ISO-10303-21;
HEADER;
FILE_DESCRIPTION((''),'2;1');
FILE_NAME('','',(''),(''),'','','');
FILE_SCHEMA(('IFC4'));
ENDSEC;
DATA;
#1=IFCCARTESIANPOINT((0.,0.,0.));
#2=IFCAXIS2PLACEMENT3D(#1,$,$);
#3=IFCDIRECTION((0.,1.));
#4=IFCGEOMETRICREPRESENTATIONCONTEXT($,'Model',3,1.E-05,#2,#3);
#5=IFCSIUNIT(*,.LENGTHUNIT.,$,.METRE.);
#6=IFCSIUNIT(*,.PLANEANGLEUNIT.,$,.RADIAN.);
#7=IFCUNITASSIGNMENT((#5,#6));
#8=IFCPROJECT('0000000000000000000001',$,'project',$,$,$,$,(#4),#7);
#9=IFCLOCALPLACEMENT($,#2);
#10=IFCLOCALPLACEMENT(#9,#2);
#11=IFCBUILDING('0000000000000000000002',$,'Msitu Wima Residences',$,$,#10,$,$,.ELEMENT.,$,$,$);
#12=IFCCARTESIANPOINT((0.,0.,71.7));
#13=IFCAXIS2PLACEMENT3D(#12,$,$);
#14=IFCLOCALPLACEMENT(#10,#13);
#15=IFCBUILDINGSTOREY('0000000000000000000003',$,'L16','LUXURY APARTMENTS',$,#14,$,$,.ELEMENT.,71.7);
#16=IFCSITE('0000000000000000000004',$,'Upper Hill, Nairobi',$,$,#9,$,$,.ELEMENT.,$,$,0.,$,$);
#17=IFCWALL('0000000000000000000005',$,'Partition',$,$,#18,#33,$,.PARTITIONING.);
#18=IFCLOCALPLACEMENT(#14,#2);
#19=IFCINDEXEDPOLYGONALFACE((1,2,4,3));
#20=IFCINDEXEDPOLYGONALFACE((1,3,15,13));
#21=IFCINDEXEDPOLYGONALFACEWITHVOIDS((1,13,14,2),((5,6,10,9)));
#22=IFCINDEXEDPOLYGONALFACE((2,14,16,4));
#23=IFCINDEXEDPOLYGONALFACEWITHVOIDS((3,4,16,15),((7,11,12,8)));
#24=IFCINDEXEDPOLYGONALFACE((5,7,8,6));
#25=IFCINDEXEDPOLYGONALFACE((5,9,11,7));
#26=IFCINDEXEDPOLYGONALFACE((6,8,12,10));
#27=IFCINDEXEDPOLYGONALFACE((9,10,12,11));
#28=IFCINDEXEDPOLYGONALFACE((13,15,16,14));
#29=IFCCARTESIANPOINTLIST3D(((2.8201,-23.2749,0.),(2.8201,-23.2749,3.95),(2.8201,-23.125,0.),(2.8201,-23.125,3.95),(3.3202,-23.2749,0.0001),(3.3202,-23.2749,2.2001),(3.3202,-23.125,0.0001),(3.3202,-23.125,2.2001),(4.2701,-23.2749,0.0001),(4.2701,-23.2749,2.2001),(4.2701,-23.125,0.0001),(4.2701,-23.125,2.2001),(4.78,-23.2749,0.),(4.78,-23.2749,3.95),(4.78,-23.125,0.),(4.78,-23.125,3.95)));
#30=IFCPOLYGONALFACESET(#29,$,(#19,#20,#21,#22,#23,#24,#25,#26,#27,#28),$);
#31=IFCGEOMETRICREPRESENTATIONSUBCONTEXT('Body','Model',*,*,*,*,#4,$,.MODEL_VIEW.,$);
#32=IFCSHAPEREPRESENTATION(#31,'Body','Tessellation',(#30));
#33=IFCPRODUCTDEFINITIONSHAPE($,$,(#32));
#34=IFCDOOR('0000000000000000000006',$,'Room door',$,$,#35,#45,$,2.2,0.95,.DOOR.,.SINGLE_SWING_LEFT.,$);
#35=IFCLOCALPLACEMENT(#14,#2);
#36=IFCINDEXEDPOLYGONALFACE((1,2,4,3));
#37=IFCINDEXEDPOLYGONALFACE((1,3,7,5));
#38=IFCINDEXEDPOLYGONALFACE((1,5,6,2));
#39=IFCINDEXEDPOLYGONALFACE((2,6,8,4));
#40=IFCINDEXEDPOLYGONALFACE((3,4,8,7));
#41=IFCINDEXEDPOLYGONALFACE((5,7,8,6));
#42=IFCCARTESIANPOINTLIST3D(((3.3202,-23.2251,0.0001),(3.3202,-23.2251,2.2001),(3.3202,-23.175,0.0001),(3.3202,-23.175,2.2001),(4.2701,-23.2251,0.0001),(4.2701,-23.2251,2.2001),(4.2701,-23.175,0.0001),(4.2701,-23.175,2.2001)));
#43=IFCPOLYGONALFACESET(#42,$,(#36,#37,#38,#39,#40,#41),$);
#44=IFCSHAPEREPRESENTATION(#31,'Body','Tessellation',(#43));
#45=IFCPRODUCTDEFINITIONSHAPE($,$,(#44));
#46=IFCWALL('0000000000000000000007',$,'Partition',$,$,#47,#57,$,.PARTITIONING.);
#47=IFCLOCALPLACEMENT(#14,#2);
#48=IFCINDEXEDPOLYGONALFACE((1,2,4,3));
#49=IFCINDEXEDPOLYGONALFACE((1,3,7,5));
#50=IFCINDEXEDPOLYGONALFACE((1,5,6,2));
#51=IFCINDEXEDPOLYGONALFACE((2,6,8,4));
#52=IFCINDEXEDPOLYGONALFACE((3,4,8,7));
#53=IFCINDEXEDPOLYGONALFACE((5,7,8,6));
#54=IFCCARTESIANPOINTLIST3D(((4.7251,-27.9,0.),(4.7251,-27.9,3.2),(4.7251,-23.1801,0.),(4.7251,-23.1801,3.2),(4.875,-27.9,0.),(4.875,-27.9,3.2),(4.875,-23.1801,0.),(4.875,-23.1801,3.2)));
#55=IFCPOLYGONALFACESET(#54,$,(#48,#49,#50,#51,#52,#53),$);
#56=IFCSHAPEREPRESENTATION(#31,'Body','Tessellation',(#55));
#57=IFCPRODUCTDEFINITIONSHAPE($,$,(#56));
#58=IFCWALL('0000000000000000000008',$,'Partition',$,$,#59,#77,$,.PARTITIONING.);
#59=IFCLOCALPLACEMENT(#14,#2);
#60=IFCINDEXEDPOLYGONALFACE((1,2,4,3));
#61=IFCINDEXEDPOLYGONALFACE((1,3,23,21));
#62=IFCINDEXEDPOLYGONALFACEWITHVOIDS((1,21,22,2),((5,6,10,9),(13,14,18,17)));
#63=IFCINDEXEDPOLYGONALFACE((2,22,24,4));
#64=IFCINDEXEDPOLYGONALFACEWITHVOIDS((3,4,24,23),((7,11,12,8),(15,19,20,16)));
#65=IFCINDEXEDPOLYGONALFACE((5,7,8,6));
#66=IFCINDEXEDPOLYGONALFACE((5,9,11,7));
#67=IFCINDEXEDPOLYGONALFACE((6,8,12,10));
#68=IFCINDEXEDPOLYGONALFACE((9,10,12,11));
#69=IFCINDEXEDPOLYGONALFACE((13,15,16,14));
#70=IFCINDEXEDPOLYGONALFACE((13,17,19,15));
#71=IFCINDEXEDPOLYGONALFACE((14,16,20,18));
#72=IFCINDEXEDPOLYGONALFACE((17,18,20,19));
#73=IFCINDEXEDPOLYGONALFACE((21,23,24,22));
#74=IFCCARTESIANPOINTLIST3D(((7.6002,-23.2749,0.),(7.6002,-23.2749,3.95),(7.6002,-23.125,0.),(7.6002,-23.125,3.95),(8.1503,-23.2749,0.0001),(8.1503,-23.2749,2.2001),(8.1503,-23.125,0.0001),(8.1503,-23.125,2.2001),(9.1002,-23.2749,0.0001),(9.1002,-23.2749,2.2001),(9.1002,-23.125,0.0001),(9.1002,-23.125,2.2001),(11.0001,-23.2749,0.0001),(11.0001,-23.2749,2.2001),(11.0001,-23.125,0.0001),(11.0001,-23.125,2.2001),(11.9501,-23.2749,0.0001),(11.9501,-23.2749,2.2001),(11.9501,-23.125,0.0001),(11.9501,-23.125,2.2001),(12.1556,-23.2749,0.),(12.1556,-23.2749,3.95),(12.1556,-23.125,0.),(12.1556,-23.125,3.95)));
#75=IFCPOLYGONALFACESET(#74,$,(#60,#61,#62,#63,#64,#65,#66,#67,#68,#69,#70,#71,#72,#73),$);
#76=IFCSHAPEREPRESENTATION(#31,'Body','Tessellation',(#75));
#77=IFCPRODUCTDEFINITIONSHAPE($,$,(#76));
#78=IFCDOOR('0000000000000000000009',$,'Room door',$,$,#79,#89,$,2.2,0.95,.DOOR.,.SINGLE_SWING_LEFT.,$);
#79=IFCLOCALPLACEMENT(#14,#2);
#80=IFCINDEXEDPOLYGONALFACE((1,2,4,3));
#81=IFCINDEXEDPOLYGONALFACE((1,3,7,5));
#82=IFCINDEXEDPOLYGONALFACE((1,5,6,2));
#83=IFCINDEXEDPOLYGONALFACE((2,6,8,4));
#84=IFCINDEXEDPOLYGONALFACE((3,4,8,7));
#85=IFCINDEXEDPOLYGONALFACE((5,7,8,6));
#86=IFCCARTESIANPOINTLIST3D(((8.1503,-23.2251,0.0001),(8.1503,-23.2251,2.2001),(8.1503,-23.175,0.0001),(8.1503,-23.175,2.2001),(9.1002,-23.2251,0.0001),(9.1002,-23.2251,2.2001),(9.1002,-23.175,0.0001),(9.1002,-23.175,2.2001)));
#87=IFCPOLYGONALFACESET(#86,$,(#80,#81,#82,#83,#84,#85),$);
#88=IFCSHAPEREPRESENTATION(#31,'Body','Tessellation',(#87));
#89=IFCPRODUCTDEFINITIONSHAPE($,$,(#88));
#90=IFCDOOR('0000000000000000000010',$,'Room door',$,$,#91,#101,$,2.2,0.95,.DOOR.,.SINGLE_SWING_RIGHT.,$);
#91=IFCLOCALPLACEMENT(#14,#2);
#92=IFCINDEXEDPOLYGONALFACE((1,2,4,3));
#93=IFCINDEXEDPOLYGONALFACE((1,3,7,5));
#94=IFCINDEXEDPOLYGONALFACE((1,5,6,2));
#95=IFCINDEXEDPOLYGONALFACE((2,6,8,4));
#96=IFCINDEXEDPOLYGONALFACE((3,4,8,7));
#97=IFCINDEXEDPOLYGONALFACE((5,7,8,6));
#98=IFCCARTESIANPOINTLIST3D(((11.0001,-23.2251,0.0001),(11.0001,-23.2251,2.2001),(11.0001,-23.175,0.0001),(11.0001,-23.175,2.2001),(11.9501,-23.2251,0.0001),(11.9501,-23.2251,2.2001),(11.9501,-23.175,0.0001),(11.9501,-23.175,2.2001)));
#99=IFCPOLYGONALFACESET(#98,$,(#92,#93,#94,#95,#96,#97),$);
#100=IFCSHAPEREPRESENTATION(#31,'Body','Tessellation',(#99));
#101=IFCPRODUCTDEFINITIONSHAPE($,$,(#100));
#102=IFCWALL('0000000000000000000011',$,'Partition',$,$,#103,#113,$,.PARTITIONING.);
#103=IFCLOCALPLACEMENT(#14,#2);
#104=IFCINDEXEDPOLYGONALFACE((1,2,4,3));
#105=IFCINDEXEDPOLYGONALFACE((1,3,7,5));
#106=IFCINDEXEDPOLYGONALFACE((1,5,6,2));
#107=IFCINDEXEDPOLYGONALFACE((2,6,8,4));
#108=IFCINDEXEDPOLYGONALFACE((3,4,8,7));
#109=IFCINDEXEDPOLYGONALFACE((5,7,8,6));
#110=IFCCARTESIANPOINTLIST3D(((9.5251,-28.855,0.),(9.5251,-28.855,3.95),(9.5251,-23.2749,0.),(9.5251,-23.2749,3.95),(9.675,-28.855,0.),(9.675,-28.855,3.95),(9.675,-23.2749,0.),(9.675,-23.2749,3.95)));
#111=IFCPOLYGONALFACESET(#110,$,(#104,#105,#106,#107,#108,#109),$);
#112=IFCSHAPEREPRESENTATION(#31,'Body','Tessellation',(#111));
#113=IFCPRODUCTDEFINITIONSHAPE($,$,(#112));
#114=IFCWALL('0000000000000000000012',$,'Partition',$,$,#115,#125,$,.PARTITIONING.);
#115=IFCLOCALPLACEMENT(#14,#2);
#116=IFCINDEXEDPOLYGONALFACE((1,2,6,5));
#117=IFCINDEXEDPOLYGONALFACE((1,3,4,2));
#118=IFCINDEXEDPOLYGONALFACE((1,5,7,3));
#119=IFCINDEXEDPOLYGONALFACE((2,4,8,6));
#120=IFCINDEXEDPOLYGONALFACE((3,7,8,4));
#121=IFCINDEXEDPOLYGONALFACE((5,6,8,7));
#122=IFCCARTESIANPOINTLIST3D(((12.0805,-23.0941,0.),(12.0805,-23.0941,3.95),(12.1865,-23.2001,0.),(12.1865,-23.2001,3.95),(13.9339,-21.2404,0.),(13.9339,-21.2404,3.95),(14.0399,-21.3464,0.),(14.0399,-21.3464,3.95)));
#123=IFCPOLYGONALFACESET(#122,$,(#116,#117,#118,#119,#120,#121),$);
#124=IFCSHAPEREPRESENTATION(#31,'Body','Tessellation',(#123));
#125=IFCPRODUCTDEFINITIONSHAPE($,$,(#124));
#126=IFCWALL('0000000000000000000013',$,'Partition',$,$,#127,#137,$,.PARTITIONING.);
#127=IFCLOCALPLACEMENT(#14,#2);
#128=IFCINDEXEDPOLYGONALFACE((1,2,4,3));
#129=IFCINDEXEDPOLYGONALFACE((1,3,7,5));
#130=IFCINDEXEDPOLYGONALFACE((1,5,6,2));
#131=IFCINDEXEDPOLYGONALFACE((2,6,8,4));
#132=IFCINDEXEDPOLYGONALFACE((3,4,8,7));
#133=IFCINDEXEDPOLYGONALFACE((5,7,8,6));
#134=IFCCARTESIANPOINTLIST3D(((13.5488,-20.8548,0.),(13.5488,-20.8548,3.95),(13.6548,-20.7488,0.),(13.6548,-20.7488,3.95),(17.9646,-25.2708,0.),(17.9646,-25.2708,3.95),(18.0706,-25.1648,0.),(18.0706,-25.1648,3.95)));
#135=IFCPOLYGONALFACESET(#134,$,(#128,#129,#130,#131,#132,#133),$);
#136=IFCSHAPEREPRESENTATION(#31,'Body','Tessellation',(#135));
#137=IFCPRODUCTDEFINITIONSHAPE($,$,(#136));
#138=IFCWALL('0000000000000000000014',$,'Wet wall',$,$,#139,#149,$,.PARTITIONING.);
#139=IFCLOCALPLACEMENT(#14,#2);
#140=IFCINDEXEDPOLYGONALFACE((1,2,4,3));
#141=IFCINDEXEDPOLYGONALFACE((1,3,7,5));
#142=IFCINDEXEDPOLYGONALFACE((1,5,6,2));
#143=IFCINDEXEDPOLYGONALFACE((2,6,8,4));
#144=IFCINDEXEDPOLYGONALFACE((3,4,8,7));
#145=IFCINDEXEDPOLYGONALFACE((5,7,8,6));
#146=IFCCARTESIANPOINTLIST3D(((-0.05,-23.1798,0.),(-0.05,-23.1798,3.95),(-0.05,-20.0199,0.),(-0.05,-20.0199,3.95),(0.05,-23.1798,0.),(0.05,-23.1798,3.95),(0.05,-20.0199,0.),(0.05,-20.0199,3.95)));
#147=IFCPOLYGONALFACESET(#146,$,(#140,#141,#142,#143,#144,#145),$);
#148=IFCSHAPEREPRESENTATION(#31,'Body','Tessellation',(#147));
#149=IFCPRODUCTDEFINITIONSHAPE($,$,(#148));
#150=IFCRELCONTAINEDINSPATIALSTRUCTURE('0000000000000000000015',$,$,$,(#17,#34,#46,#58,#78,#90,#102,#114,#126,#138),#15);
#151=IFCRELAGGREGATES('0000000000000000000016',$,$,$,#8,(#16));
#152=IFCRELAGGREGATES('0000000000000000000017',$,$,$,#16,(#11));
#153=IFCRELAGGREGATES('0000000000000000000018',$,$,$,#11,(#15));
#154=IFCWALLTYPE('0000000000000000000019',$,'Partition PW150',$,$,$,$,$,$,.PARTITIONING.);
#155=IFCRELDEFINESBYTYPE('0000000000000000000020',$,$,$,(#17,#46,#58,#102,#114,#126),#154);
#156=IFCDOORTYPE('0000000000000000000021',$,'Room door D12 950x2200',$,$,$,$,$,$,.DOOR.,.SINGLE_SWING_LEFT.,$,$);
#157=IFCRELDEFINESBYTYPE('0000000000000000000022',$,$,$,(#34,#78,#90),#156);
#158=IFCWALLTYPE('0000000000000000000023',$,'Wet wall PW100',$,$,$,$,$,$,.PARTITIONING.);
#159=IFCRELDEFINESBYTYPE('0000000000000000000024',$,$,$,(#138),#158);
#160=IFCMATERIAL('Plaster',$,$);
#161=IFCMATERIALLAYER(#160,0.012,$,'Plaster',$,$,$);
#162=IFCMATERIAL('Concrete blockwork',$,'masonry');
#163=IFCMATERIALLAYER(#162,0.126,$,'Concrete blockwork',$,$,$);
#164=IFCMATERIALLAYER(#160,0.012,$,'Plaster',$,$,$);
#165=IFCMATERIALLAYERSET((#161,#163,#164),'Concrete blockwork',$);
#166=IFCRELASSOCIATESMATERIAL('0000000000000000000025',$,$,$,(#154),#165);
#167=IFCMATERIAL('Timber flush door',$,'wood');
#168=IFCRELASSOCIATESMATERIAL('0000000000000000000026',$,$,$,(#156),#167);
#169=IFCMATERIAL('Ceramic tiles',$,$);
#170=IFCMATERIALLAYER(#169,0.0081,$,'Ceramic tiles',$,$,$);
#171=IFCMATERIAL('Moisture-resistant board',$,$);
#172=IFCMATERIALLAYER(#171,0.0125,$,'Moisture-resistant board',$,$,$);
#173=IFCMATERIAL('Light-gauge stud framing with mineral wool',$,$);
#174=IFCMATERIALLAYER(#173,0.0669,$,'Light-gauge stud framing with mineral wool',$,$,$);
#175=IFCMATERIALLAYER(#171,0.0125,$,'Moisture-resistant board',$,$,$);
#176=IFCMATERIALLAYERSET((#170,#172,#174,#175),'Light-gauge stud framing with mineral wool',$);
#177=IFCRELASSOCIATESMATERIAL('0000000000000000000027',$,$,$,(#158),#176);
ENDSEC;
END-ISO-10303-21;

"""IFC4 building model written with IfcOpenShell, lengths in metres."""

from ifc_helpers import new_model, si_unit, direction, frame, frame_2d, origin, place, context, subcontext, project, spatial, rectangle, extrude, material, layer, layer_set, type_object, element, fill, save


model = new_model("IFC4")

# Units and contexts
model_context = context("Model", 3, precision=1e-05, world=origin(), true_north=direction((0.0, 1.0)))
body_context = subcontext(model_context, "Body", "Model", "MODEL_VIEW")
ifc_project = project(units=[si_unit("LENGTHUNIT", "METRE"), si_unit("PLANEANGLEUNIT", "RADIAN")], contexts=[model_context])

# Site, building, storey
site_placement = place(None, origin())
site = spatial("IfcSite", under=ifc_project, at=site_placement, Name="Upper Hill, Nairobi", CompositionType="ELEMENT", RefElevation=0.0)
building_placement = place(site_placement, origin())
building = spatial("IfcBuilding", under=site, at=building_placement, Name="Msitu Wima Residences", CompositionType="ELEMENT")
storey_placement = place(building_placement, frame((0.0, 0.0, 71.7)))
storey = spatial("IfcBuildingStorey", under=building, at=storey_placement, Name="L16", Description="LUXURY APARTMENTS", CompositionType="ELEMENT", Elevation=71.7)

# Shared definitions
ifc_material_1 = material(Name="Plaster")
ifc_layer_1 = layer(ifc_material_1, 0.012, Name="Plaster")
ifc_material_2 = material(Name="Concrete blockwork", Category="masonry")
ifc_layer_2 = layer(ifc_material_2, 0.126, Name="Concrete blockwork")
ifc_layer_3 = layer(ifc_material_1, 0.012, Name="Plaster")
ifc_layer_set_1 = layer_set([ifc_layer_1, ifc_layer_2, ifc_layer_3], Name="Concrete blockwork")
wall_type_1 = type_object("IfcWallType", Name="Partition PW150", PredefinedType="PARTITIONING", material=ifc_layer_set_1)

# Wall, opening, door
wall_1_placement = place(storey_placement, frame((2.8201, -23.2, 0.0), z_axis=(0.0, 0.0, 1.0), x_axis=(1.0, 0.0, 0.0)))
wall_1 = element("IfcWall", 1, at=wall_1_placement, inside=storey, type_object=wall_type_1, Name="Partition", PredefinedType="PARTITIONING", context=body_context, shape_type="SweptSolid", body=[
    extrude(rectangle(XDim=1.96, YDim=0.1499, at=frame_2d((0.98, 0.0))), origin(), (0.0, 0.0, 1.0), 3.95),
])
opening_1_placement = place(wall_1_placement, frame((0.5, 0.0, 0.0)))
opening_1 = element("IfcOpeningElement", 2, at=opening_1_placement, cuts=wall_1, PredefinedType="OPENING", context=body_context, shape_type="SweptSolid", body=[
    extrude(rectangle(XDim=0.95, YDim=2.2, at=frame_2d((0.4751, 1.1001))), frame((0.0, 0.085, 0.0), z_axis=(0.0, -1.0, 0.0), x_axis=(1.0, 0.0, 0.0)), (0.0, 0.0, 1.0), 0.1699),
])
ifc_material_3 = material(Name="Timber flush door", Category="wood")
door_type_1 = type_object("IfcDoorType", Name="Room door D12 950x2200", OperationType="SINGLE_SWING_LEFT", PredefinedType="DOOR", material=ifc_material_3)
door_1_placement = place(opening_1_placement, origin())
door_1 = element("IfcDoor", 3, at=door_1_placement, inside=storey, type_object=door_type_1, Name="Room door", OperationType="SINGLE_SWING_LEFT", OverallHeight=2.2, OverallWidth=0.95, PredefinedType="DOOR", context=body_context, shape_type="SweptSolid", body=[
    extrude(rectangle(XDim=0.95, YDim=2.2, at=frame_2d((0.4751, 1.1001))), frame((0.0, 0.0249, 0.0), z_axis=(0.0, -1.0, 0.0), x_axis=(1.0, 0.0, 0.0)), (0.0, 0.0, 1.0), 0.05),
])
fill(opening_1, door_1)

# Wall
wall_2_placement = place(storey_placement, frame((4.8, -27.8999, 0.0), z_axis=(0.0, 0.0, 1.0), x_axis=(0.0, 1.0, 0.0)))
element("IfcWall", 4, at=wall_2_placement, inside=storey, type_object=wall_type_1, Name="Partition", PredefinedType="PARTITIONING", context=body_context, shape_type="SweptSolid", body=[
    extrude(rectangle(XDim=4.72, YDim=0.1499, at=frame_2d((2.3599, 0.0))), origin(), (0.0, 0.0, 1.0), 3.2),
])

# Wall, openings, doors
wall_3_placement = place(storey_placement, frame((7.6001, -23.2, 0.0), z_axis=(0.0, 0.0, 1.0), x_axis=(1.0, 0.0, 0.0)))
wall_3 = element("IfcWall", 5, at=wall_3_placement, inside=storey, type_object=wall_type_1, Name="Partition", PredefinedType="PARTITIONING", context=body_context, shape_type="SweptSolid", body=[
    extrude(rectangle(XDim=4.5554, YDim=0.1499, at=frame_2d((2.2778, 0.0))), origin(), (0.0, 0.0, 1.0), 3.95),
])
opening_2_placement = place(wall_3_placement, frame((0.55, 0.0, 0.0)))
opening_2 = element("IfcOpeningElement", 6, at=opening_2_placement, cuts=wall_3, PredefinedType="OPENING", context=body_context, shape_type="SweptSolid", body=[
    extrude(rectangle(XDim=0.95, YDim=2.2, at=frame_2d((0.4751, 1.1001))), frame((0.0, 0.085, 0.0), z_axis=(0.0, -1.0, 0.0), x_axis=(1.0, 0.0, 0.0)), (0.0, 0.0, 1.0), 0.1699),
])
opening_3_placement = place(wall_3_placement, frame((3.3999, 0.0, 0.0)))
opening_3 = element("IfcOpeningElement", 7, at=opening_3_placement, cuts=wall_3, PredefinedType="OPENING", context=body_context, shape_type="SweptSolid", body=[
    extrude(rectangle(XDim=0.95, YDim=2.2, at=frame_2d((0.4751, 1.1001))), frame((0.0, 0.085, 0.0), z_axis=(0.0, -1.0, 0.0), x_axis=(1.0, 0.0, 0.0)), (0.0, 0.0, 1.0), 0.1699),
])
door_2_placement = place(opening_2_placement, origin())
door_2 = element("IfcDoor", 8, at=door_2_placement, inside=storey, type_object=door_type_1, Name="Room door", OperationType="SINGLE_SWING_LEFT", OverallHeight=2.2, OverallWidth=0.95, PredefinedType="DOOR", context=body_context, shape_type="SweptSolid", body=[
    extrude(rectangle(XDim=0.95, YDim=2.2, at=frame_2d((0.4751, 1.1001))), frame((0.0, 0.0249, 0.0), z_axis=(0.0, -1.0, 0.0), x_axis=(1.0, 0.0, 0.0)), (0.0, 0.0, 1.0), 0.05),
])
fill(opening_2, door_2)
door_3_placement = place(opening_3_placement, origin())
door_3 = element("IfcDoor", 9, at=door_3_placement, inside=storey, type_object=door_type_1, Name="Room door", OperationType="SINGLE_SWING_RIGHT", OverallHeight=2.2, OverallWidth=0.95, PredefinedType="DOOR", context=body_context, shape_type="SweptSolid", body=[
    extrude(rectangle(XDim=0.95, YDim=2.2, at=frame_2d((0.4751, 1.1001))), frame((0.0, 0.0249, 0.0), z_axis=(0.0, -1.0, 0.0), x_axis=(1.0, 0.0, 0.0)), (0.0, 0.0, 1.0), 0.05),
])
fill(opening_3, door_3)

# Walls
wall_4_placement = place(storey_placement, frame((9.6001, -28.855, 0.0), z_axis=(0.0, 0.0, 1.0), x_axis=(0.0, 1.0, 0.0)))
element("IfcWall", 10, at=wall_4_placement, inside=storey, type_object=wall_type_1, Name="Partition", PredefinedType="PARTITIONING", context=body_context, shape_type="SweptSolid", body=[
    extrude(rectangle(XDim=5.5801, YDim=0.1499, at=frame_2d((2.79, 0.0))), origin(), (0.0, 0.0, 1.0), 3.95),
])
wall_5_placement = place(storey_placement, frame((12.1335, -23.147, 0.0), z_axis=(0.0, 0.0, 1.0), x_axis=(0.70706, 0.707153, 0.0)))
element("IfcWall", 11, at=wall_5_placement, inside=storey, type_object=wall_type_1, Name="Partition", PredefinedType="PARTITIONING", context=body_context, shape_type="SweptSolid", body=[
    extrude(rectangle(XDim=2.6213, YDim=0.1499, at=frame_2d((1.3105, 0.0))), origin(), (0.0, 0.0, 1.0), 3.95),
])
wall_6_placement = place(storey_placement, frame((13.6018, -20.8018, 0.0), z_axis=(0.0, 0.0, 1.0), x_axis=(0.707087, -0.707126, 0.0)))
element("IfcWall", 12, at=wall_6_placement, inside=storey, type_object=wall_type_1, Name="Partition", PredefinedType="PARTITIONING", context=body_context, shape_type="SweptSolid", body=[
    extrude(rectangle(XDim=6.2451, YDim=0.1499, at=frame_2d((3.1226, 0.0))), origin(), (0.0, 0.0, 1.0), 3.95),
])
ifc_material_4 = material(Name="Ceramic tiles")
ifc_layer_4 = layer(ifc_material_4, 0.0081, Name="Ceramic tiles")
ifc_material_5 = material(Name="Moisture-resistant board")
ifc_layer_5 = layer(ifc_material_5, 0.0125, Name="Moisture-resistant board")
ifc_material_6 = material(Name="Light-gauge stud framing with mineral wool")
ifc_layer_6 = layer(ifc_material_6, 0.0669, Name="Light-gauge stud framing with mineral wool")
ifc_layer_7 = layer(ifc_material_5, 0.0125, Name="Moisture-resistant board")
ifc_layer_set_2 = layer_set([ifc_layer_4, ifc_layer_5, ifc_layer_6, ifc_layer_7], Name="Light-gauge stud framing with mineral wool")
wall_type_2 = type_object("IfcWallType", Name="Wet wall PW100", PredefinedType="PARTITIONING", material=ifc_layer_set_2)
wall_7_placement = place(storey_placement, frame((0.0, -23.1799, 0.0), z_axis=(0.0, 0.0, 1.0), x_axis=(0.0, 1.0, 0.0)))
element("IfcWall", 13, at=wall_7_placement, inside=storey, type_object=wall_type_2, Name="Wet wall", PredefinedType="PARTITIONING", context=body_context, shape_type="SweptSolid", body=[
    extrude(rectangle(XDim=3.1599, YDim=0.1001, at=frame_2d((1.5801, 0.0))), origin(), (0.0, 0.0, 1.0), 3.95),
])

save(model, "model.ifc")
